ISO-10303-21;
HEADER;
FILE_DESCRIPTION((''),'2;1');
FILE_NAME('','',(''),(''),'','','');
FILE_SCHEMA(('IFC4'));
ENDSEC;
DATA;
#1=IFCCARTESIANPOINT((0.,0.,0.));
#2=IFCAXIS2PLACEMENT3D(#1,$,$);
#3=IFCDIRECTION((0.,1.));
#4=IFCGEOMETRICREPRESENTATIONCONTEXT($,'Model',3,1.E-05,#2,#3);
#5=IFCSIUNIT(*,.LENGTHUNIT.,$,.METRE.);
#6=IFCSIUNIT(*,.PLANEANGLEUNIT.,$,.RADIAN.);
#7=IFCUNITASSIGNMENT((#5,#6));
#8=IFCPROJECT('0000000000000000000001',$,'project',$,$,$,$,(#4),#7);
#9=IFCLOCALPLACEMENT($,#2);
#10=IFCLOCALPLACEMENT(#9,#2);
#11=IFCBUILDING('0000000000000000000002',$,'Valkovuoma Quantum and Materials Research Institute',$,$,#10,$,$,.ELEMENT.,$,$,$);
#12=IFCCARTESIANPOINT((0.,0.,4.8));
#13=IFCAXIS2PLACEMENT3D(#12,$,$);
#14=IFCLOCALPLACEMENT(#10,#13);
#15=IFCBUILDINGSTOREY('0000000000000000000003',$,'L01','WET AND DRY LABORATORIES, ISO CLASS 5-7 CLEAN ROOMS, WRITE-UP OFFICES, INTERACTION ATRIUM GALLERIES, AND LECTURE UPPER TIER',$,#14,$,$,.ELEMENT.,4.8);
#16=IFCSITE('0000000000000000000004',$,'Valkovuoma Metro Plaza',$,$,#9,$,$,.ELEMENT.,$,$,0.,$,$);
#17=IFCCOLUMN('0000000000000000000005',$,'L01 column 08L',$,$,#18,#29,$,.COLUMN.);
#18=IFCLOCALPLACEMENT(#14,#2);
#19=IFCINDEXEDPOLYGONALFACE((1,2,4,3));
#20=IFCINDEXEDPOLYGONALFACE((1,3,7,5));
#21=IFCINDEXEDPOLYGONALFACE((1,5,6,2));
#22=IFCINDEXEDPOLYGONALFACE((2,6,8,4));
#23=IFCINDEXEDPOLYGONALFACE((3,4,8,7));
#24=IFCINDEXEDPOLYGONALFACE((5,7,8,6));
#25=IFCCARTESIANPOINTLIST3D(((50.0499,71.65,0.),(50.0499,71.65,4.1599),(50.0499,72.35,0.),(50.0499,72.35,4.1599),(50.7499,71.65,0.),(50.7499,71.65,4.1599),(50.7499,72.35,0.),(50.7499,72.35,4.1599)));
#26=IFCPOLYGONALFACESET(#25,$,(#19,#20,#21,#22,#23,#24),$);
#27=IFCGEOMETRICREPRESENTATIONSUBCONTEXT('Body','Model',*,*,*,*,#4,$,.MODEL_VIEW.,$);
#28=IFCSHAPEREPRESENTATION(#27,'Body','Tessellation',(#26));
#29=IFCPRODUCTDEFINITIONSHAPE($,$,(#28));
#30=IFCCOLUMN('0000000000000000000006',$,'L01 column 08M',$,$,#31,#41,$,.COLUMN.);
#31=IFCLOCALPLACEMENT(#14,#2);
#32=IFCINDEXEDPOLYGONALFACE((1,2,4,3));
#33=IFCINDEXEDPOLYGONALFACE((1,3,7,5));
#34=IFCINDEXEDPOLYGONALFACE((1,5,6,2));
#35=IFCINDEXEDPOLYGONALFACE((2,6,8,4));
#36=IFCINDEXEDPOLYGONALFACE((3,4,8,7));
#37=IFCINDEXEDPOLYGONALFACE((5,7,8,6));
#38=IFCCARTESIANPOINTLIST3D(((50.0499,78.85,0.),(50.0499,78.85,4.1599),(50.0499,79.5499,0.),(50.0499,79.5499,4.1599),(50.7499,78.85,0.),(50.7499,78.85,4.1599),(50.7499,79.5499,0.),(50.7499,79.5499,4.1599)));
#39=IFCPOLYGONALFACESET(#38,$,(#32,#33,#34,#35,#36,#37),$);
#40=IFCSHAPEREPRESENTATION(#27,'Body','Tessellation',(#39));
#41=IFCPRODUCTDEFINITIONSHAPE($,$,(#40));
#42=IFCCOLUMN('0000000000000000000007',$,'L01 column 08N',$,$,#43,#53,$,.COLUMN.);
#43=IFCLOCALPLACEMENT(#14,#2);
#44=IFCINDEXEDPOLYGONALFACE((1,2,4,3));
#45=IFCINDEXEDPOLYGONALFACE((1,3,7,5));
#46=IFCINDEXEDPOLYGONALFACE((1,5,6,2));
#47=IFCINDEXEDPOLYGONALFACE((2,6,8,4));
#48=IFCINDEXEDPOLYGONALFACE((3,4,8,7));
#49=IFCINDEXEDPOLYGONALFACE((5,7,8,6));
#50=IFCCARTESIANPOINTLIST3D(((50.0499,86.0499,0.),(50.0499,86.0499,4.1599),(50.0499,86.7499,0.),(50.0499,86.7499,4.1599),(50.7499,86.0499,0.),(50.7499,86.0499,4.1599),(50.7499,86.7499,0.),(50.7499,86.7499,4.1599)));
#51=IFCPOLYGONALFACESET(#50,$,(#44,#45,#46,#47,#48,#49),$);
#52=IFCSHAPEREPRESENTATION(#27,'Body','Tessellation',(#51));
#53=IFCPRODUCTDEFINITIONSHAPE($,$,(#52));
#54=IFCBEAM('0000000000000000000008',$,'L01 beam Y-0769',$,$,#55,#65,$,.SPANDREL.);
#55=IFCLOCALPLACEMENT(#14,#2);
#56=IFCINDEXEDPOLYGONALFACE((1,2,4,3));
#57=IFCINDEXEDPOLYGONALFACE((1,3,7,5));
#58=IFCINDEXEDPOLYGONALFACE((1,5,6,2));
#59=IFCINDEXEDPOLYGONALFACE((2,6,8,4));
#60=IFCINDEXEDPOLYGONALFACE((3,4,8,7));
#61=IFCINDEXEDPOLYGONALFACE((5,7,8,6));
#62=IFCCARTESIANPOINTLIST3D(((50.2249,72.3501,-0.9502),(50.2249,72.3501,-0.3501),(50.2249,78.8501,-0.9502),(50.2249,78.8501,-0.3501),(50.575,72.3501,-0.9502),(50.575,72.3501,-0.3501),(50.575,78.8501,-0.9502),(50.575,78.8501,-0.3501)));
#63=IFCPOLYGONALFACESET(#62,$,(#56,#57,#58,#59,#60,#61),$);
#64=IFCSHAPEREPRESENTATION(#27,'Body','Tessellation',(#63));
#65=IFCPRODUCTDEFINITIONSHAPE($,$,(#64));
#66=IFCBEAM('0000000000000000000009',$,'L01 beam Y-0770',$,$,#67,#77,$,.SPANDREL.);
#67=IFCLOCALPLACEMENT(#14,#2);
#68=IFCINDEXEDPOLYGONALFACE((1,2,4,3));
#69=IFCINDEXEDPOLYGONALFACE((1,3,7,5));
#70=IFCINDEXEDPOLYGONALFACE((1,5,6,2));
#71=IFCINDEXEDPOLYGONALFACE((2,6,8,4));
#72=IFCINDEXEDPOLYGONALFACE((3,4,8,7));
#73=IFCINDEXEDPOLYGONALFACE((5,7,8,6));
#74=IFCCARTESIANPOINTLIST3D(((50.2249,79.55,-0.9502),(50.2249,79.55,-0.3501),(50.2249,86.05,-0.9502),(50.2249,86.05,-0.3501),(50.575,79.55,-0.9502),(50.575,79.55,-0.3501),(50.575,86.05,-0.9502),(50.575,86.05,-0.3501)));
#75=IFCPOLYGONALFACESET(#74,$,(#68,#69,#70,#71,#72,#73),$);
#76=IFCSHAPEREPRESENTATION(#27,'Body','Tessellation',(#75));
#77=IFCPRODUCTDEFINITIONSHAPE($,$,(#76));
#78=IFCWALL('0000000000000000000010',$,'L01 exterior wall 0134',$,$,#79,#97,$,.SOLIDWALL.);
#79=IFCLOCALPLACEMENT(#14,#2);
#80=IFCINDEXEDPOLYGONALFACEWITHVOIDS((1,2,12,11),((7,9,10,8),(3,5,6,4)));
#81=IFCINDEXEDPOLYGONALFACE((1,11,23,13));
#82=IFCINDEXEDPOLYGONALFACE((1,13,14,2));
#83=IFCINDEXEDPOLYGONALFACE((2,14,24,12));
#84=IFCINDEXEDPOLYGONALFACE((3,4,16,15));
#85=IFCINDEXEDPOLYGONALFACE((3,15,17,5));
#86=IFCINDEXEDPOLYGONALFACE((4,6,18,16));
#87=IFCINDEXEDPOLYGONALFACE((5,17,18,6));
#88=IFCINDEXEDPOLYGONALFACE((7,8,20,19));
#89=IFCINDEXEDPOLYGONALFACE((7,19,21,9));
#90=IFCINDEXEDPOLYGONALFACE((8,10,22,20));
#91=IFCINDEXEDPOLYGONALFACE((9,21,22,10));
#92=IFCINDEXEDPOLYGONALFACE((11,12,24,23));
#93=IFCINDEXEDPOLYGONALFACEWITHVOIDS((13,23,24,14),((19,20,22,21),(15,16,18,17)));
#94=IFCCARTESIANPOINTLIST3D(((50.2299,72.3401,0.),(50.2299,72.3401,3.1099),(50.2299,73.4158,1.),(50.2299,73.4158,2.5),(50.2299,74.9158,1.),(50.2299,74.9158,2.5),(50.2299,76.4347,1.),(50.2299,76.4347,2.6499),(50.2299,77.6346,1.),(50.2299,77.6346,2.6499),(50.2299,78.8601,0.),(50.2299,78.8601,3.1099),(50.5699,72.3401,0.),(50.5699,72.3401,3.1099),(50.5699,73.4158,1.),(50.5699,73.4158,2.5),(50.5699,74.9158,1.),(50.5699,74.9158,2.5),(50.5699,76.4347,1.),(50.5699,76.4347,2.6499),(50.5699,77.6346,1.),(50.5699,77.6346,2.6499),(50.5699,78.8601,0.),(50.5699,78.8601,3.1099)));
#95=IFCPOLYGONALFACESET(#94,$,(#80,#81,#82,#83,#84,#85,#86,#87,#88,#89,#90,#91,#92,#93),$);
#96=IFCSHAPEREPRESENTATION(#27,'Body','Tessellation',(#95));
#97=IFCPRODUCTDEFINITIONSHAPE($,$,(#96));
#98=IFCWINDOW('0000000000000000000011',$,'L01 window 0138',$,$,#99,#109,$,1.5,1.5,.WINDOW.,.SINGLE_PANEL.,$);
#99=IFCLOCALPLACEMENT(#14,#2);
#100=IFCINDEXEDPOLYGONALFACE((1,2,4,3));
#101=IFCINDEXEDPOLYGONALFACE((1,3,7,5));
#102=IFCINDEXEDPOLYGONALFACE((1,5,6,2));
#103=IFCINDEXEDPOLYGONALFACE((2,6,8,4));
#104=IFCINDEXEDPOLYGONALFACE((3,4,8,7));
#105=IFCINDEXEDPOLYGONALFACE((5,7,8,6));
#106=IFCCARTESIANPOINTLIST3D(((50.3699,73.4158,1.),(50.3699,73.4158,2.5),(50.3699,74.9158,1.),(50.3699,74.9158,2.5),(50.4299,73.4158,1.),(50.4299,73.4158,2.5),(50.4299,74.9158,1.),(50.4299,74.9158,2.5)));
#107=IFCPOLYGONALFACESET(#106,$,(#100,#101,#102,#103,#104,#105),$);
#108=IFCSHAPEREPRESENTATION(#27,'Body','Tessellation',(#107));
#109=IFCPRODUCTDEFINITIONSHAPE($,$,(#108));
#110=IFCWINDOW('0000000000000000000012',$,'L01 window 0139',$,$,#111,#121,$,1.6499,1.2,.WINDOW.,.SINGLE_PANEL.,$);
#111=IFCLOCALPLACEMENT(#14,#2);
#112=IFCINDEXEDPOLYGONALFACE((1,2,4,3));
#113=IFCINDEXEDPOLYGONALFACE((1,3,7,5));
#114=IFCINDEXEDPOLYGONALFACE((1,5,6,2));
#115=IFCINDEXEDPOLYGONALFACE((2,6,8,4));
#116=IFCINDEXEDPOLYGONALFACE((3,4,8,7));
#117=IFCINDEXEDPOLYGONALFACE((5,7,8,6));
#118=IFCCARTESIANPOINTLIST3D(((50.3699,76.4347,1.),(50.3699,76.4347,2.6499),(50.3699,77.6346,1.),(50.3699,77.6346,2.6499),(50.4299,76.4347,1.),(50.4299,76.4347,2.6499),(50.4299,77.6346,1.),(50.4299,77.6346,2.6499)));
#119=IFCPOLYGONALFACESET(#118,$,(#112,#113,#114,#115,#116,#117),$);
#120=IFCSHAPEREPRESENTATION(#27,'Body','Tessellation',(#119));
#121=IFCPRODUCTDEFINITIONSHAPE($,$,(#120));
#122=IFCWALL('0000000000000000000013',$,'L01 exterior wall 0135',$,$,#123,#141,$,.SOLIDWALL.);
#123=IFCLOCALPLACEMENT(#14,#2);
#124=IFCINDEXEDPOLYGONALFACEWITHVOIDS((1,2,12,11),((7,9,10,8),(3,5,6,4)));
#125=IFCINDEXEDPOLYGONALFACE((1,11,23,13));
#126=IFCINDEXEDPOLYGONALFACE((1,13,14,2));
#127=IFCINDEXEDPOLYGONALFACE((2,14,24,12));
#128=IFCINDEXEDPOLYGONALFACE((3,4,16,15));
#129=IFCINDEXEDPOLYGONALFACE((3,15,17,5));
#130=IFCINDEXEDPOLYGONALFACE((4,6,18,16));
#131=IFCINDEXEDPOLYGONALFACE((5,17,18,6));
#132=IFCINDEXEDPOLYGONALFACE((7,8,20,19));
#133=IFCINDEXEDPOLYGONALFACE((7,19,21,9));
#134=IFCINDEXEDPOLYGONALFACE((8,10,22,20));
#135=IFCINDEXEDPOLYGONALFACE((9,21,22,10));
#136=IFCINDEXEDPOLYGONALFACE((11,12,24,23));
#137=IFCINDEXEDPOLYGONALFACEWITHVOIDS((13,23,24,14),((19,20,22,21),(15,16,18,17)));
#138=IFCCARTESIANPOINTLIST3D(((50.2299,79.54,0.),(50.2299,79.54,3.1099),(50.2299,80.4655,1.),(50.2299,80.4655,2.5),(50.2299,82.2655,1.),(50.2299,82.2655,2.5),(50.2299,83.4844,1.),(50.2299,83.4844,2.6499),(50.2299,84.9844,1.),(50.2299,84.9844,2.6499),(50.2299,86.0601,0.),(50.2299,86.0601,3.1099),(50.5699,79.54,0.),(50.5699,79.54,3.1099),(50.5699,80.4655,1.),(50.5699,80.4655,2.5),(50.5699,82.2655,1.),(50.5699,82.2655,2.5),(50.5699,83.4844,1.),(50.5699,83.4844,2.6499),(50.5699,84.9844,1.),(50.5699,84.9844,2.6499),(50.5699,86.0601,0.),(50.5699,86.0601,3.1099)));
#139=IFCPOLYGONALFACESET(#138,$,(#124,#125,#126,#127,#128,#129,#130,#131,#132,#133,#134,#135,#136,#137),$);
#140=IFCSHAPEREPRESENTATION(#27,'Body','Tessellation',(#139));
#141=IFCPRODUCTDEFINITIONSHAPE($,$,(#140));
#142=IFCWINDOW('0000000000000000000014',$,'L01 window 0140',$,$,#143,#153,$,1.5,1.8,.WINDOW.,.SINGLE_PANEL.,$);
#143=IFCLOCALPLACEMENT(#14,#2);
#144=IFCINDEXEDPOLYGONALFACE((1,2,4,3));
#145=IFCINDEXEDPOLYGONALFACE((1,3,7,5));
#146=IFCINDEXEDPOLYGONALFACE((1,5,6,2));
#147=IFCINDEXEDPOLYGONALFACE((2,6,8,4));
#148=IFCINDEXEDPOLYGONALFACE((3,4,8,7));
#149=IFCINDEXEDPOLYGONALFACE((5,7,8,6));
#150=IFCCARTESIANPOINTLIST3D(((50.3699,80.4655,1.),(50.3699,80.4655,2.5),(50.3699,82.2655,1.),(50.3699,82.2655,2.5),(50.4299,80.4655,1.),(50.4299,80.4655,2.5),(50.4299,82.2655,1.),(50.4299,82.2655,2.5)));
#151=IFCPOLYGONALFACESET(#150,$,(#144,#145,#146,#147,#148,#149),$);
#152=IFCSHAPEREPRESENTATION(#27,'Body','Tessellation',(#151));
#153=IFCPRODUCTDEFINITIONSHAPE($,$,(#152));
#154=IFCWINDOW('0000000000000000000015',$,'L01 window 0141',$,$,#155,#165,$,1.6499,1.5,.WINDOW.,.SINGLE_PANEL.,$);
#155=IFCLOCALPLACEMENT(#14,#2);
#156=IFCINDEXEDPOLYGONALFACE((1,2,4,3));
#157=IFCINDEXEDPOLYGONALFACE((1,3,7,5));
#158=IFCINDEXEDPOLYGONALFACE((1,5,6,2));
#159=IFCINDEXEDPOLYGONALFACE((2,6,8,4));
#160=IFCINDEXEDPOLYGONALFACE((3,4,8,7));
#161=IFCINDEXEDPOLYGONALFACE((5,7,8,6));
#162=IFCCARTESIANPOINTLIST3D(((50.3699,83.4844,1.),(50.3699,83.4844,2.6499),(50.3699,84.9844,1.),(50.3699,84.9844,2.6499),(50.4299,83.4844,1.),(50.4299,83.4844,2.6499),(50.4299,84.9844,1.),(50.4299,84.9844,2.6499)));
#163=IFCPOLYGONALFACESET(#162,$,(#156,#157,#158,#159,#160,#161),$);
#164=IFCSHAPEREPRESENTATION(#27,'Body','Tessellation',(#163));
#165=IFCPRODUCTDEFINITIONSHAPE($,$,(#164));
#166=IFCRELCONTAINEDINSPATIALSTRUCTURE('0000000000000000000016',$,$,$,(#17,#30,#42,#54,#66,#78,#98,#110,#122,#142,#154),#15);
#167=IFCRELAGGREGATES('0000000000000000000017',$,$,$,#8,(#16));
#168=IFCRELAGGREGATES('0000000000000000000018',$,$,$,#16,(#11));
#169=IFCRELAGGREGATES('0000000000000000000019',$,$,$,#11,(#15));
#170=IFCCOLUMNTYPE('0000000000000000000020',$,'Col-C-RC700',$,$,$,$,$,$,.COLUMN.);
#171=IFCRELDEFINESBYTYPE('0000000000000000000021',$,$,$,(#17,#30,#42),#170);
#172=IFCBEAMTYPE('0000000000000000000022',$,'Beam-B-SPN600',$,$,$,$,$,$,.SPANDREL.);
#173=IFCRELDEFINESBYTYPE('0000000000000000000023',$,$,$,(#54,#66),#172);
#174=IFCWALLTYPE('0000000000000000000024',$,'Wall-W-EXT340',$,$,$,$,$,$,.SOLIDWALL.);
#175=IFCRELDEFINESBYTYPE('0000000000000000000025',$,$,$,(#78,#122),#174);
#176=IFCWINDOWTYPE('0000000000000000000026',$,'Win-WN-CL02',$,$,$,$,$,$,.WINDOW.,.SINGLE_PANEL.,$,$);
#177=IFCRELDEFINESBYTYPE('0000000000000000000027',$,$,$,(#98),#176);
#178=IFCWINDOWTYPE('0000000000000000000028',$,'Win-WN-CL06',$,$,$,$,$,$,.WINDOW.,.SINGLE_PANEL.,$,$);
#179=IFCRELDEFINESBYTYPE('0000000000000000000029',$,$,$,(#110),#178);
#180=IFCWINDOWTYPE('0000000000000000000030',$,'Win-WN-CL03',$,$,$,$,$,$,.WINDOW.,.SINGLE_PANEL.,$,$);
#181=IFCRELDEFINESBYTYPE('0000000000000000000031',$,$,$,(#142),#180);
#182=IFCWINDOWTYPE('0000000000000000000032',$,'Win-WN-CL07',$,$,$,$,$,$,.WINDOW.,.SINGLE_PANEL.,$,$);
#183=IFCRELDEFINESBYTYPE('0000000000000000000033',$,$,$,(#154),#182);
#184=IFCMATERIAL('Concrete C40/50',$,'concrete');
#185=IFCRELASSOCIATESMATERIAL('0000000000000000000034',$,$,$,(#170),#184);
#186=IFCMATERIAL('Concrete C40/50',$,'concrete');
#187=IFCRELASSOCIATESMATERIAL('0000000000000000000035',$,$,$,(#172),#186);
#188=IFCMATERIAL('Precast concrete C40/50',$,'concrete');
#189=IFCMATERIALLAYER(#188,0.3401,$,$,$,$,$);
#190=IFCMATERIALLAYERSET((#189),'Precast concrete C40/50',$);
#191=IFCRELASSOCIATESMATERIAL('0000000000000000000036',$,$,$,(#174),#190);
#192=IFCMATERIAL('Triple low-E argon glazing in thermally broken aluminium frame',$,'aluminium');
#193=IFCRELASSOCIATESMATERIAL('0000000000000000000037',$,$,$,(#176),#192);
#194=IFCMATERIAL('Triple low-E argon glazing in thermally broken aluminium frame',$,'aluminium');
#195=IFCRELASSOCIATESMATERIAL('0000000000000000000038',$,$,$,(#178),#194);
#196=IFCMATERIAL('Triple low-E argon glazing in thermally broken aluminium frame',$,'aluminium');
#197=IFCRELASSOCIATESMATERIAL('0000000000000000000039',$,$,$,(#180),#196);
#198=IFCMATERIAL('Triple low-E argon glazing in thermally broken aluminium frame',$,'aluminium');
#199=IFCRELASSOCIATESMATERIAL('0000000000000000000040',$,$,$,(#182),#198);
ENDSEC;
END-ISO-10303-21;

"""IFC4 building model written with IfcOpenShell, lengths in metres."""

from ifc_helpers import new_model, si_unit, direction, frame, frame_2d, origin, origin_2d, place, context, subcontext, project, spatial, rectangle, extrude, material, layer, layer_set, material_profile, profile_set, type_object, element, fill, save


model = new_model("IFC4")

# Units and contexts
model_context = context("Model", 3, precision=1e-05, world=origin(), true_north=direction((0.0, 1.0)))
body_context = subcontext(model_context, "Body", "Model", "MODEL_VIEW")
ifc_project = project(units=[si_unit("LENGTHUNIT", "METRE"), si_unit("PLANEANGLEUNIT", "RADIAN")], contexts=[model_context])

# Site, building, storey
site_placement = place(None, origin())
site = spatial("IfcSite", under=ifc_project, at=site_placement, Name="Valkovuoma Metro Plaza", CompositionType="ELEMENT", RefElevation=0.0)
building_placement = place(site_placement, origin())
building = spatial("IfcBuilding", under=site, at=building_placement, Name="Valkovuoma Quantum and Materials Research Institute", CompositionType="ELEMENT")
storey_placement = place(building_placement, frame((0.0, 0.0, 4.8)))
storey = spatial("IfcBuildingStorey", under=building, at=storey_placement, Name="L01", Description="WET AND DRY LABORATORIES, ISO CLASS 5-7 CLEAN ROOMS, WRITE-UP OFFICES, INTERACTION ATRIUM GALLERIES, AND LECTURE UPPER TIER", CompositionType="ELEMENT", Elevation=4.8)

# Columns
ifc_material_1 = material(Name="Concrete C40/50", Category="concrete")
ifc_material_profile_1 = material_profile(ifc_material_1, rectangle(XDim=0.7, YDim=0.7, at=origin_2d()), Name="Concrete C40/50")
ifc_profile_set_1 = profile_set([ifc_material_profile_1], Name="Concrete C40/50")
column_type = type_object("IfcColumnType", Name="Col-C-RC700", PredefinedType="COLUMN", material=ifc_profile_set_1)
for number, where, z_axis, x_axis, name in (
    (1, (50.3999, 72.0, 0.0), (0.0, 0.0, 1.0), (1.0, 0.0, 0.0), "L01 column 08L"),
    (2, (50.3999, 79.2, 0.0), (0.0, 0.0, 1.0), (1.0, 0.0, 0.0), "L01 column 08M"),
    (3, (50.3999, 86.3999, 0.0), (0.0, 0.0, 1.0), (1.0, 0.0, 0.0), "L01 column 08N"),
):
    element("IfcColumn", number, at=place(storey_placement, frame(where, z_axis=z_axis, x_axis=x_axis)), inside=storey, type_object=column_type, Name=name, PredefinedType="COLUMN", context=body_context, shape_type="SweptSolid", body=[
        extrude(rectangle(XDim=0.7, YDim=0.7, at=origin_2d()), origin(), (0.0, 0.0, 1.0), 4.1599),
    ])

# Beams
ifc_material_2 = material(Name="Concrete C40/50", Category="concrete")
ifc_material_profile_2 = material_profile(ifc_material_2, rectangle(XDim=0.3501, YDim=0.6001, at=origin_2d()), Name="Concrete C40/50")
ifc_profile_set_2 = profile_set([ifc_material_profile_2], Name="Concrete C40/50")
beam_type = type_object("IfcBeamType", Name="Beam-B-SPN600", PredefinedType="SPANDREL", material=ifc_profile_set_2)
for number, where, z_axis, x_axis, name in (
    (4, (50.3999, 72.3501, -0.6501), (0.0, 1.0, 0.0), (-1.0, 0.0, 0.0), "L01 beam Y-0769"),
    (5, (50.3999, 79.55, -0.6501), (0.0, 1.0, 0.0), (-1.0, 0.0, 0.0), "L01 beam Y-0770"),
):
    element("IfcBeam", number, at=place(storey_placement, frame(where, z_axis=z_axis, x_axis=x_axis)), inside=storey, type_object=beam_type, Name=name, PredefinedType="SPANDREL", context=body_context, shape_type="SweptSolid", body=[
        extrude(rectangle(XDim=0.3501, YDim=0.6001, at=origin_2d()), origin(), (0.0, 0.0, 1.0), 6.5),
    ])

# Walls, openings, windows
ifc_material_3 = material(Name="Precast concrete C40/50", Category="concrete")
ifc_layer_1 = layer(ifc_material_3, 0.3401)
ifc_layer_set_1 = layer_set([ifc_layer_1], Name="Precast concrete C40/50")
wall_type = type_object("IfcWallType", Name="Wall-W-EXT340", PredefinedType="SOLIDWALL", material=ifc_layer_set_1)
wall_1_placement = place(storey_placement, frame((50.3999, 72.3401, 0.0), z_axis=(0.0, 0.0, 1.0), x_axis=(0.0, 1.0, 0.0)))
wall_1 = element("IfcWall", 6, at=wall_1_placement, inside=storey, type_object=wall_type, Name="L01 exterior wall 0134", PredefinedType="SOLIDWALL", context=body_context, shape_type="SweptSolid", body=[
    extrude(rectangle(XDim=6.52, YDim=0.3401, at=frame_2d((3.26, 0.0))), origin(), (0.0, 0.0, 1.0), 3.1099),
])
opening_1_placement = place(wall_1_placement, frame((1.0757, 0.0, 1.0)))
opening_1 = element("IfcOpeningElement", 7, at=opening_1_placement, cuts=wall_1, PredefinedType="OPENING", context=body_context, shape_type="SweptSolid", body=[
    extrude(rectangle(XDim=1.5, YDim=1.5, at=frame_2d((0.75, 0.75))), frame((0.0, 0.1802, 0.0), z_axis=(0.0, -1.0, 0.0), x_axis=(1.0, 0.0, 0.0)), (0.0, 0.0, 1.0), 0.3601),
])
opening_2_placement = place(wall_1_placement, frame((4.0945, 0.0, 1.0)))
opening_2 = element("IfcOpeningElement", 8, at=opening_2_placement, cuts=wall_1, PredefinedType="OPENING", context=body_context, shape_type="SweptSolid", body=[
    extrude(rectangle(XDim=1.2, YDim=1.6499, at=frame_2d((0.6001, 0.825))), frame((0.0, 0.1802, 0.0), z_axis=(0.0, -1.0, 0.0), x_axis=(1.0, 0.0, 0.0)), (0.0, 0.0, 1.0), 0.3601),
])
ifc_material_4 = material(Name="Triple low-E argon glazing in thermally broken aluminium frame", Category="aluminium")
window_type_1 = type_object("IfcWindowType", Name="Win-WN-CL02", PartitioningType="SINGLE_PANEL", PredefinedType="WINDOW", material=ifc_material_4)
window_1_placement = place(opening_1_placement, origin())
window_1 = element("IfcWindow", 9, at=window_1_placement, inside=storey, type_object=window_type_1, Name="L01 window 0138", OverallHeight=1.5, OverallWidth=1.5, PartitioningType="SINGLE_PANEL", PredefinedType="WINDOW", context=body_context, shape_type="SweptSolid", body=[
    extrude(rectangle(XDim=1.5, YDim=1.5, at=frame_2d((0.75, 0.75))), frame((0.0, 0.03, 0.0), z_axis=(0.0, -1.0, 0.0), x_axis=(1.0, 0.0, 0.0)), (0.0, 0.0, 1.0), 0.0601),
])
fill(opening_1, window_1)
ifc_material_5 = material(Name="Triple low-E argon glazing in thermally broken aluminium frame", Category="aluminium")
window_type_2 = type_object("IfcWindowType", Name="Win-WN-CL06", PartitioningType="SINGLE_PANEL", PredefinedType="WINDOW", material=ifc_material_5)
window_2_placement = place(opening_2_placement, origin())
window_2 = element("IfcWindow", 10, at=window_2_placement, inside=storey, type_object=window_type_2, Name="L01 window 0139", OverallHeight=1.6499, OverallWidth=1.2, PartitioningType="SINGLE_PANEL", PredefinedType="WINDOW", context=body_context, shape_type="SweptSolid", body=[
    extrude(rectangle(XDim=1.2, YDim=1.6499, at=frame_2d((0.6001, 0.825))), frame((0.0, 0.03, 0.0), z_axis=(0.0, -1.0, 0.0), x_axis=(1.0, 0.0, 0.0)), (0.0, 0.0, 1.0), 0.0601),
])
fill(opening_2, window_2)
wall_2_placement = place(storey_placement, frame((50.3999, 79.54, 0.0), z_axis=(0.0, 0.0, 1.0), x_axis=(0.0, 1.0, 0.0)))
wall_2 = element("IfcWall", 11, at=wall_2_placement, inside=storey, type_object=wall_type, Name="L01 exterior wall 0135", PredefinedType="SOLIDWALL", context=body_context, shape_type="SweptSolid", body=[
    extrude(rectangle(XDim=6.52, YDim=0.3401, at=frame_2d((3.26, 0.0))), origin(), (0.0, 0.0, 1.0), 3.1099),
])
opening_3_placement = place(wall_2_placement, frame((0.9255, 0.0, 1.0)))
opening_3 = element("IfcOpeningElement", 12, at=opening_3_placement, cuts=wall_2, PredefinedType="OPENING", context=body_context, shape_type="SweptSolid", body=[
    extrude(rectangle(XDim=1.8, YDim=1.5, at=frame_2d((0.8999, 0.75))), frame((0.0, 0.1802, 0.0), z_axis=(0.0, -1.0, 0.0), x_axis=(1.0, 0.0, 0.0)), (0.0, 0.0, 1.0), 0.3601),
])
opening_4_placement = place(wall_2_placement, frame((3.9443, 0.0, 1.0)))
opening_4 = element("IfcOpeningElement", 13, at=opening_4_placement, cuts=wall_2, PredefinedType="OPENING", context=body_context, shape_type="SweptSolid", body=[
    extrude(rectangle(XDim=1.5, YDim=1.6499, at=frame_2d((0.75, 0.825))), frame((0.0, 0.1802, 0.0), z_axis=(0.0, -1.0, 0.0), x_axis=(1.0, 0.0, 0.0)), (0.0, 0.0, 1.0), 0.3601),
])
ifc_material_6 = material(Name="Triple low-E argon glazing in thermally broken aluminium frame", Category="aluminium")
window_type_3 = type_object("IfcWindowType", Name="Win-WN-CL03", PartitioningType="SINGLE_PANEL", PredefinedType="WINDOW", material=ifc_material_6)
window_3_placement = place(opening_3_placement, origin())
window_3 = element("IfcWindow", 14, at=window_3_placement, inside=storey, type_object=window_type_3, Name="L01 window 0140", OverallHeight=1.5, OverallWidth=1.8, PartitioningType="SINGLE_PANEL", PredefinedType="WINDOW", context=body_context, shape_type="SweptSolid", body=[
    extrude(rectangle(XDim=1.8, YDim=1.5, at=frame_2d((0.8999, 0.75))), frame((0.0, 0.03, 0.0), z_axis=(0.0, -1.0, 0.0), x_axis=(1.0, 0.0, 0.0)), (0.0, 0.0, 1.0), 0.0601),
])
fill(opening_3, window_3)
ifc_material_7 = material(Name="Triple low-E argon glazing in thermally broken aluminium frame", Category="aluminium")
window_type_4 = type_object("IfcWindowType", Name="Win-WN-CL07", PartitioningType="SINGLE_PANEL", PredefinedType="WINDOW", material=ifc_material_7)
window_4_placement = place(opening_4_placement, origin())
window_4 = element("IfcWindow", 15, at=window_4_placement, inside=storey, type_object=window_type_4, Name="L01 window 0141", OverallHeight=1.6499, OverallWidth=1.5, PartitioningType="SINGLE_PANEL", PredefinedType="WINDOW", context=body_context, shape_type="SweptSolid", body=[
    extrude(rectangle(XDim=1.5, YDim=1.6499, at=frame_2d((0.75, 0.825))), frame((0.0, 0.03, 0.0), z_axis=(0.0, -1.0, 0.0), x_axis=(1.0, 0.0, 0.0)), (0.0, 0.0, 1.0), 0.0601),
])
fill(opening_4, window_4)

save(model, "model.ifc")
